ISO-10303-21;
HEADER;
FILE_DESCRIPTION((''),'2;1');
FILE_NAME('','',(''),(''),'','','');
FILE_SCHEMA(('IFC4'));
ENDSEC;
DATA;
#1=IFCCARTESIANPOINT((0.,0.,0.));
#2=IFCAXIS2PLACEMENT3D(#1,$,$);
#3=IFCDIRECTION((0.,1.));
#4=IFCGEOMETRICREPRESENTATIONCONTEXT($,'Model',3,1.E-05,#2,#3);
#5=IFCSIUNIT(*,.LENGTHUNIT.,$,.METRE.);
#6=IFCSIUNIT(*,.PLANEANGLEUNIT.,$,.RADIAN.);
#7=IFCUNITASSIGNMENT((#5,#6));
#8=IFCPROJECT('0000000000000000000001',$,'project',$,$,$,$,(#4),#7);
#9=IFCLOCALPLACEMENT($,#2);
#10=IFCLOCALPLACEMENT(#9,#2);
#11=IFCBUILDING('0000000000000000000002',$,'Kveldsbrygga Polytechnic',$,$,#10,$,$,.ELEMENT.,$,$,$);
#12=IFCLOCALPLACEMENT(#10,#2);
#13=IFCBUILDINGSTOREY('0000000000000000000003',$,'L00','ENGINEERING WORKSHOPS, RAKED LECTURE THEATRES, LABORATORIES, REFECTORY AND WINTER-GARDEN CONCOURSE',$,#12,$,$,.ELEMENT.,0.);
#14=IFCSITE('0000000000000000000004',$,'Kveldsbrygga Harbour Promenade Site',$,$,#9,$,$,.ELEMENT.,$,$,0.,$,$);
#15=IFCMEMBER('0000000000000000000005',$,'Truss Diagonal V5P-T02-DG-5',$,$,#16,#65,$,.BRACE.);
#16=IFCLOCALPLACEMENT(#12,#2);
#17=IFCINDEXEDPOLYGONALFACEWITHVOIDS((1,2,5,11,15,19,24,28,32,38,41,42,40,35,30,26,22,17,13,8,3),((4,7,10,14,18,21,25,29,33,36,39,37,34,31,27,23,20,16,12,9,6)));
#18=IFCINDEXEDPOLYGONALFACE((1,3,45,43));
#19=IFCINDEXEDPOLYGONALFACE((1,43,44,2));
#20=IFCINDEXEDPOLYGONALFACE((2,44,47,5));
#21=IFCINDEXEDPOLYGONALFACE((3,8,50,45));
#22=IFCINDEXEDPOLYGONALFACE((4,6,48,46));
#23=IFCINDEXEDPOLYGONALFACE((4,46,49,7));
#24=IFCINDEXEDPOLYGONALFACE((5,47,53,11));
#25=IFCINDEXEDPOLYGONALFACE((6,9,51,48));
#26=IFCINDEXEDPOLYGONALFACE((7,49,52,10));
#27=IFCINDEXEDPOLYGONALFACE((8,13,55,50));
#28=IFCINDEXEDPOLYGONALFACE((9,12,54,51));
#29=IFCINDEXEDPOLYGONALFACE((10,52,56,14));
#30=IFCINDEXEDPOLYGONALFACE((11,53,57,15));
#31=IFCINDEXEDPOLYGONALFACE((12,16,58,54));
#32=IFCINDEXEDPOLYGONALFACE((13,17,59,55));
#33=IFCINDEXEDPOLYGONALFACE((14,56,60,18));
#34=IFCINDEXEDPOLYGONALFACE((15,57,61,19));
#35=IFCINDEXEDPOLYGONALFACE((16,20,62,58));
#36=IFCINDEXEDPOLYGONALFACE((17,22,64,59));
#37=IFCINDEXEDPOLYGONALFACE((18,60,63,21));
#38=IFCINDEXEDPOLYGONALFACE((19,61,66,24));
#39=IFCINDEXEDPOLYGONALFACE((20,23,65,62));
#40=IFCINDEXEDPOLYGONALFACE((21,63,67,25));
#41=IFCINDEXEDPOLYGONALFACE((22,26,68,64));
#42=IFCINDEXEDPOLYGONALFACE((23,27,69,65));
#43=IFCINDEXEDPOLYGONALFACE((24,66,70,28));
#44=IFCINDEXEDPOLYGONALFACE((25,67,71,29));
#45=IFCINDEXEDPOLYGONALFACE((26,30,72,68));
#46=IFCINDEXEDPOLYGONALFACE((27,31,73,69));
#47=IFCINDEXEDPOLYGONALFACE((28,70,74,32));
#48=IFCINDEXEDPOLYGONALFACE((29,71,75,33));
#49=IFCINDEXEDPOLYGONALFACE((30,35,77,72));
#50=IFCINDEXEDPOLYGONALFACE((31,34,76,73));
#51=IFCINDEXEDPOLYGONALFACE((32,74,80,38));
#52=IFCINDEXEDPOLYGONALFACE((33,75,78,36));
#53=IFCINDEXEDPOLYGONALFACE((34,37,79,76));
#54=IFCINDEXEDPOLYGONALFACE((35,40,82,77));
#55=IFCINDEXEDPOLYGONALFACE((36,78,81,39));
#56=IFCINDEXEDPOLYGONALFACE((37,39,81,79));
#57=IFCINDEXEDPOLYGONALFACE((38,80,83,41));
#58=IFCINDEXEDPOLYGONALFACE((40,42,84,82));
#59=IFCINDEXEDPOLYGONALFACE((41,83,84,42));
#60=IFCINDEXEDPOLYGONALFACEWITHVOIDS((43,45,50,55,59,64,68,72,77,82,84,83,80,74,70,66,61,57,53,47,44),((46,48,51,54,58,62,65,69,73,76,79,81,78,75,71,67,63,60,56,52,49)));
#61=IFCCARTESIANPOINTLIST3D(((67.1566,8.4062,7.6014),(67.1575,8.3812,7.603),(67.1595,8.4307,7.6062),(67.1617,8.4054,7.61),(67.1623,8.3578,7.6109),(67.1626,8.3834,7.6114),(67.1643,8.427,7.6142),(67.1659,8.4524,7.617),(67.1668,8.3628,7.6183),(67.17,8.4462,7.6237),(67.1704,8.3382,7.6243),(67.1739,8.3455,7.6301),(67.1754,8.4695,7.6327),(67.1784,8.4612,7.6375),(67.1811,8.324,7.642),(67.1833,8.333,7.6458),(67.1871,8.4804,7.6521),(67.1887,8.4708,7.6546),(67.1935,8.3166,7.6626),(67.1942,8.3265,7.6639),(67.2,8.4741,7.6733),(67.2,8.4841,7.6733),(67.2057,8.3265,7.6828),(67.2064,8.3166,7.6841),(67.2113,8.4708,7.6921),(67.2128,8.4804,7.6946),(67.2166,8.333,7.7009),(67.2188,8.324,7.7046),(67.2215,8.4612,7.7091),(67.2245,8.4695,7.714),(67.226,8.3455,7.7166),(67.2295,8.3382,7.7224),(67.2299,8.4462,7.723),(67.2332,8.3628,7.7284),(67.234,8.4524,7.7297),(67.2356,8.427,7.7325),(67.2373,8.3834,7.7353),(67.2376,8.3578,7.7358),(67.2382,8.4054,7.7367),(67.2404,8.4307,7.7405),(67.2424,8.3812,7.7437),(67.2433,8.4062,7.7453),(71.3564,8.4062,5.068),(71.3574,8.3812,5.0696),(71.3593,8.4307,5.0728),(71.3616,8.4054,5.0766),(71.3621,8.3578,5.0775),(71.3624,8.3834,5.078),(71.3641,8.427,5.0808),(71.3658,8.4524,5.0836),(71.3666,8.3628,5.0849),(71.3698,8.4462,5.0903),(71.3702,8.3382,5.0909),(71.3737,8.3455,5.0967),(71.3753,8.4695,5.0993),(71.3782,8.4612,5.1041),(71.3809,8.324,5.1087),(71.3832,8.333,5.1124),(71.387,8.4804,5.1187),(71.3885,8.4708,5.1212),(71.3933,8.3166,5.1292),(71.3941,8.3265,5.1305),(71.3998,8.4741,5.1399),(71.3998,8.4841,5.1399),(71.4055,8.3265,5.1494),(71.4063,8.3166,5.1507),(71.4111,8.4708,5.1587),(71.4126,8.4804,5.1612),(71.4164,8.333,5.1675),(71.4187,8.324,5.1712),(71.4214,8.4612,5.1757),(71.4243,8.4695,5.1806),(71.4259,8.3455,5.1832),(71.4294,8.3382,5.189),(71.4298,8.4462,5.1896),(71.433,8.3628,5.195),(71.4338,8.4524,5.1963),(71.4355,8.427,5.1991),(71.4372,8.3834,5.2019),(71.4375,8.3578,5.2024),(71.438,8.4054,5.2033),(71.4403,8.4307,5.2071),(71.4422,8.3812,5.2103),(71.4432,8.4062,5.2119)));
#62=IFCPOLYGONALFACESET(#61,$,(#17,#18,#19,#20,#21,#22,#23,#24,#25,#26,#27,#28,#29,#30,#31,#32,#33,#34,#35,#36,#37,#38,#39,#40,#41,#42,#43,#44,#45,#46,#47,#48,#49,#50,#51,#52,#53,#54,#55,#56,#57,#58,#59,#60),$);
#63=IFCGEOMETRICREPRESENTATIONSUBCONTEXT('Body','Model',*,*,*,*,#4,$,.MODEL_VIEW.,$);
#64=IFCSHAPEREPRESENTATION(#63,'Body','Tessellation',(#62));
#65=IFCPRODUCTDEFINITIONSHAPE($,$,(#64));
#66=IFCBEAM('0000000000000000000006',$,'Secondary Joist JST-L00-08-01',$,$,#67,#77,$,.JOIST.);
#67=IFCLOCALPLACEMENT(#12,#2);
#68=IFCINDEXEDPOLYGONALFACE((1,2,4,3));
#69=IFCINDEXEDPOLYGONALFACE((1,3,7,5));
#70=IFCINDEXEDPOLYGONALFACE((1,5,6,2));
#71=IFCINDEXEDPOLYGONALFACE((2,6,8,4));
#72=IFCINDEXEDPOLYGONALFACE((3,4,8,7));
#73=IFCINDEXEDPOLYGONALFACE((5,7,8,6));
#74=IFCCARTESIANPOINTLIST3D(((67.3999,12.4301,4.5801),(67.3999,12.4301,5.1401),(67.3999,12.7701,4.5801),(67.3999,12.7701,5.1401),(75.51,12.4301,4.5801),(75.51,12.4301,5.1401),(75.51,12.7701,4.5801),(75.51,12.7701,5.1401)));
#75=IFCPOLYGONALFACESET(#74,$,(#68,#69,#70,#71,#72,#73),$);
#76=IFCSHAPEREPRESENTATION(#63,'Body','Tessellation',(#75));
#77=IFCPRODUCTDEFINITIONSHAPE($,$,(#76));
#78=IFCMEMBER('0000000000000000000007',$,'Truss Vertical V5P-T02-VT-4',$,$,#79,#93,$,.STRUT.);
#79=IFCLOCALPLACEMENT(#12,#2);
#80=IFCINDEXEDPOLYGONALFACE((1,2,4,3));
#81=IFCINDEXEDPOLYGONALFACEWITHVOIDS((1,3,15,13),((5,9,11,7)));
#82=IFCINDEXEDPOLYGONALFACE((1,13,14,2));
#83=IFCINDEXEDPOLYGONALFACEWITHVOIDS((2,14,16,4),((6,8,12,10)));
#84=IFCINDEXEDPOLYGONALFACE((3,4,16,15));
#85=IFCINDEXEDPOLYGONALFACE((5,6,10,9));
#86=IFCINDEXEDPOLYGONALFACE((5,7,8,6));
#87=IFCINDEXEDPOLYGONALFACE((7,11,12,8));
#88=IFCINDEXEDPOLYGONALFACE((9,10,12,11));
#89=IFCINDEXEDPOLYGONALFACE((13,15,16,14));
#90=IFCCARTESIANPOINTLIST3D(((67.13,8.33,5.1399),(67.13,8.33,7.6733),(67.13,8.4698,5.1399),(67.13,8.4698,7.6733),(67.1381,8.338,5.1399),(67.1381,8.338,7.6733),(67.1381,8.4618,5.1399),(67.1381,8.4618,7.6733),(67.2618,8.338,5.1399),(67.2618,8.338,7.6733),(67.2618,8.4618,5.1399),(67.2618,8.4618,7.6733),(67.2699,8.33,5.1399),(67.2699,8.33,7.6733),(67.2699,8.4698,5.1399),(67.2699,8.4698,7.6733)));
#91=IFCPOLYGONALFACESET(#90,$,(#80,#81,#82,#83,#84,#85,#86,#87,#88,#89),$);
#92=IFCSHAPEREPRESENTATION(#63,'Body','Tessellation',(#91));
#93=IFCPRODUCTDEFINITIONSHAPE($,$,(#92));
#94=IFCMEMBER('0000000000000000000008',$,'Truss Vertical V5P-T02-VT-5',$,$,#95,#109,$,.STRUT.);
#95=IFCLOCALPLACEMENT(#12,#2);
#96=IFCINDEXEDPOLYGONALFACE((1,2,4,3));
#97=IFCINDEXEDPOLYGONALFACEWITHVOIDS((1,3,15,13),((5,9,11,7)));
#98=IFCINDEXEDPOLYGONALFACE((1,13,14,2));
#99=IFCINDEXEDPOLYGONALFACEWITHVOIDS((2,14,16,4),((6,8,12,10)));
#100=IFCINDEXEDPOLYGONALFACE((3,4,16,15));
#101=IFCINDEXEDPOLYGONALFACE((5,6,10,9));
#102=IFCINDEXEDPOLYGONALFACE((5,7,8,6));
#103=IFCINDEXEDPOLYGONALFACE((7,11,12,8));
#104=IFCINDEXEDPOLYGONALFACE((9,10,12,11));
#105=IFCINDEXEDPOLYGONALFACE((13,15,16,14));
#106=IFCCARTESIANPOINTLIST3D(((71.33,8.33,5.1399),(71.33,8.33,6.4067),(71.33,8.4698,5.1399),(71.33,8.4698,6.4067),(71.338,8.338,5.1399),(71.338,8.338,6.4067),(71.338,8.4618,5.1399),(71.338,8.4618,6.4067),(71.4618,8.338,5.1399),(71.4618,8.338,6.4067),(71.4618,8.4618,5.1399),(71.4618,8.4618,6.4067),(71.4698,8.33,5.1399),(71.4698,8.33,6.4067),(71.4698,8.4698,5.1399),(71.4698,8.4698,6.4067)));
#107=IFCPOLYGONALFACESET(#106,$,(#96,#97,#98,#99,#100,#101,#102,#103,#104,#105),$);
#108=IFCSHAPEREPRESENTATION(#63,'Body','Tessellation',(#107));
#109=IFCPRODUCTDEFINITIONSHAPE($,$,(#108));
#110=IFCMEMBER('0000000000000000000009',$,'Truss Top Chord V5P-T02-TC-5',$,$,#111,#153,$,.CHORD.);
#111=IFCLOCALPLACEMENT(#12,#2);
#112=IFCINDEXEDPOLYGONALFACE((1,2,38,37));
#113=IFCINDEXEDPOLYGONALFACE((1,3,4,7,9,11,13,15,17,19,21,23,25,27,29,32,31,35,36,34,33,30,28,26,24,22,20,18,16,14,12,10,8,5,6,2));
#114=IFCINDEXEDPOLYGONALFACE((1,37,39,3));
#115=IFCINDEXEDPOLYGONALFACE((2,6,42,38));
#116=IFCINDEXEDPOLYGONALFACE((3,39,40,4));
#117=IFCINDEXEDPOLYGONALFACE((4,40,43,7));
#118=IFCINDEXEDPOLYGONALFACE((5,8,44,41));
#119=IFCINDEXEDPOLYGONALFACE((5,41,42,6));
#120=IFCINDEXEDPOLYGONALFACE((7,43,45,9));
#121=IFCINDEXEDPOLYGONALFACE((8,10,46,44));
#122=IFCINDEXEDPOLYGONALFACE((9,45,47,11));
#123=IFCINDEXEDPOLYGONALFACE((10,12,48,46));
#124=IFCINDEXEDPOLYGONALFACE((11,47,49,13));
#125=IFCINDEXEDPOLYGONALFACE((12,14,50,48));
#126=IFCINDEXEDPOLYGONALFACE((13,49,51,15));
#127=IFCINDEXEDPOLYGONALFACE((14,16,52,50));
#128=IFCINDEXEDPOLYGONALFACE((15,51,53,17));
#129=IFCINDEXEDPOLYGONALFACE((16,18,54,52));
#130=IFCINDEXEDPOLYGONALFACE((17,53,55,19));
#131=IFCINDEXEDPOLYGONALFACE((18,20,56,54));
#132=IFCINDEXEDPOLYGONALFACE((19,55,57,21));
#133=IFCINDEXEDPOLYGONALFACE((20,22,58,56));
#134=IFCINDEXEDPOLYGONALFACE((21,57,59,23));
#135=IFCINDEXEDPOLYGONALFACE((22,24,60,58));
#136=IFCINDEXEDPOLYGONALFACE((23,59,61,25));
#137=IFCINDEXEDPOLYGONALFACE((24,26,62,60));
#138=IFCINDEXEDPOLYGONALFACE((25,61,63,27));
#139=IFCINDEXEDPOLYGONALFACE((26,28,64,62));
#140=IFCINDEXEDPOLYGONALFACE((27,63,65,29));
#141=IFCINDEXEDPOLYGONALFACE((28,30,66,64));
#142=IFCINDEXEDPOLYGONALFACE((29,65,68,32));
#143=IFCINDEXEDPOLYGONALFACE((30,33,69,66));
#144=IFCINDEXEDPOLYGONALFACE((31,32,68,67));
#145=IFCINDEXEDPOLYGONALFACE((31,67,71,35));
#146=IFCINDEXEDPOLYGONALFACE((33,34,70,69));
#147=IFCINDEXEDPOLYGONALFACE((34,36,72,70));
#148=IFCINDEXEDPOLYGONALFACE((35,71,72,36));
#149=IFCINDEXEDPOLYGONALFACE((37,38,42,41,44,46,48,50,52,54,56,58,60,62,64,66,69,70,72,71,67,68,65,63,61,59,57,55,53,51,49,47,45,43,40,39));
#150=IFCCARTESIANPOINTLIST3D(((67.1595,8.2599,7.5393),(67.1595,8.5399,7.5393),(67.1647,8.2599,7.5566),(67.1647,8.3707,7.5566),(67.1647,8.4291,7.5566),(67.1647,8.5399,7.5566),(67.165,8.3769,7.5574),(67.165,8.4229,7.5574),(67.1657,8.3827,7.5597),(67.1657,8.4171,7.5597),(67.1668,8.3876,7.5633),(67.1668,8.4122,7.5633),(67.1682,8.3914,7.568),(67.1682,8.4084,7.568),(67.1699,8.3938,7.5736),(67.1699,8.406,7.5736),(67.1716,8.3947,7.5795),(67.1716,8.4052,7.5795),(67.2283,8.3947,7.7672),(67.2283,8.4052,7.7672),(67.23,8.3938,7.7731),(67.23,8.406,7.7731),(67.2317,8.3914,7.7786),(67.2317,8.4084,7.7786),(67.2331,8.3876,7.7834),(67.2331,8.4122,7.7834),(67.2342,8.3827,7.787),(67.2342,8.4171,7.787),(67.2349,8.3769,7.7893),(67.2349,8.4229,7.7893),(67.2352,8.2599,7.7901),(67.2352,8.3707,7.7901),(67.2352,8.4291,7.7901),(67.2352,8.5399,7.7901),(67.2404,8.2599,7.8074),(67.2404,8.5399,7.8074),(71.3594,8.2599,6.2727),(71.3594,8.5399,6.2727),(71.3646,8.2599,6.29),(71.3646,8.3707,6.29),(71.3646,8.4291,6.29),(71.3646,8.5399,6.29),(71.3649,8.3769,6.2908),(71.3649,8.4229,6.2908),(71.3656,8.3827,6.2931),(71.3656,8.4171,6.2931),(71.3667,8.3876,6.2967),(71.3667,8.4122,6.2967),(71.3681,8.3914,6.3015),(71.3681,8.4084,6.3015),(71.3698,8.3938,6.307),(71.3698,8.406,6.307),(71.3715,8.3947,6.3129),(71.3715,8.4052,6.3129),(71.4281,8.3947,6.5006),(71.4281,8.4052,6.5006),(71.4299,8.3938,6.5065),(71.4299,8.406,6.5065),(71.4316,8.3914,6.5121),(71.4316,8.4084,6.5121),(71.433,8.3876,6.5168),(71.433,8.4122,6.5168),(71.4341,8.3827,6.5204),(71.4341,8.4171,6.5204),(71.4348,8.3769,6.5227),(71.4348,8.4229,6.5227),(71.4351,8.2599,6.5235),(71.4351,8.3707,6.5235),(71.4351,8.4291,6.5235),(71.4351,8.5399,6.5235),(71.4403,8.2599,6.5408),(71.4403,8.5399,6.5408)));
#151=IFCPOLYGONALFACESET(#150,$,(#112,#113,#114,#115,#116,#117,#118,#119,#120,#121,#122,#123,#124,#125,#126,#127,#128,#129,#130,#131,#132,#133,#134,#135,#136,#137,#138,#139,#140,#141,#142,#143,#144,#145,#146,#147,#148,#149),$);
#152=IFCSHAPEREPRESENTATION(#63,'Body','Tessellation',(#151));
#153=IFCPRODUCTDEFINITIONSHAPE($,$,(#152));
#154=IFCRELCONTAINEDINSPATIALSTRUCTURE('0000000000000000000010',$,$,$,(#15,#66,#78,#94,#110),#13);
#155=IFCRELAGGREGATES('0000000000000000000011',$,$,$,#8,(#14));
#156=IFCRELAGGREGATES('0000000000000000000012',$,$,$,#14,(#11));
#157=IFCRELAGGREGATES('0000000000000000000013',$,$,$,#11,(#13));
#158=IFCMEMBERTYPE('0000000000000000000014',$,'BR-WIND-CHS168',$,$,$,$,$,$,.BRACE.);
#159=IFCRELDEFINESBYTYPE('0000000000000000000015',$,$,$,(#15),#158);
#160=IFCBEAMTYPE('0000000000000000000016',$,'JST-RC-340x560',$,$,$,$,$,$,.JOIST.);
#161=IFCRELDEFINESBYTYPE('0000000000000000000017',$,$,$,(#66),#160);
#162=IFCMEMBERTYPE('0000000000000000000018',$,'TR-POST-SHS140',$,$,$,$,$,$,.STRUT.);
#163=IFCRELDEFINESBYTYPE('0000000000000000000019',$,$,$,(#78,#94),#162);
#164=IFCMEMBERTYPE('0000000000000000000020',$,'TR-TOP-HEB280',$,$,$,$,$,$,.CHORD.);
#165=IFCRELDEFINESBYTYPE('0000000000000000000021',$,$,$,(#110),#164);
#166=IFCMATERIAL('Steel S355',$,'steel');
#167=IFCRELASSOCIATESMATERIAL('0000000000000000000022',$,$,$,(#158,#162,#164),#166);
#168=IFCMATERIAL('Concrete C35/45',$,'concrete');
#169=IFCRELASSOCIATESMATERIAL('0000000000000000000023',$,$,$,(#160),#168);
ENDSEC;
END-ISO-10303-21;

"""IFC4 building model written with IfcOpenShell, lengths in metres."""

from ifc_helpers import new_model, si_unit, direction, frame, origin, origin_2d, place, context, subcontext, project, spatial, rectangle, hollow_rectangle, hollow_circle, i_section, extrude, material, material_profile, profile_set, type_object, element, save


model = new_model("IFC4")

# Units and contexts
model_context = context("Model", 3, precision=1e-05, world=origin(), true_north=direction((0.0, 1.0)))
body_context = subcontext(model_context, "Body", "Model", "MODEL_VIEW")
ifc_project = project(units=[si_unit("LENGTHUNIT", "METRE"), si_unit("PLANEANGLEUNIT", "RADIAN")], contexts=[model_context])

# Site, building, storey
site_placement = place(None, origin())
site = spatial("IfcSite", under=ifc_project, at=site_placement, Name="Kveldsbrygga Harbour Promenade Site", CompositionType="ELEMENT", RefElevation=0.0)
building_placement = place(site_placement, origin())
building = spatial("IfcBuilding", under=site, at=building_placement, Name="Kveldsbrygga Polytechnic", CompositionType="ELEMENT")
storey_placement = place(building_placement, origin())
storey = spatial("IfcBuildingStorey", under=building, at=storey_placement, Name="L00", Description="ENGINEERING WORKSHOPS, RAKED LECTURE THEATRES, LABORATORIES, REFECTORY AND WINTER-GARDEN CONCOURSE", CompositionType="ELEMENT", Elevation=0.0)

# Shared definitions
ifc_material_1 = material(Name="Steel S355", Category="steel")

# Shared definitions
ifc_material_2 = material(Name="Concrete C35/45", Category="concrete")

# Member
ifc_material_profile_1 = material_profile(ifc_material_1, hollow_circle(Radius=0.0842, WallThickness=0.01, at=origin_2d()), Name="CHS 168.3x10.0")
ifc_profile_set_1 = profile_set([ifc_material_profile_1], Name="Steel S355")
member_type_1 = type_object("IfcMemberType", Name="BR-WIND-CHS168", PredefinedType="BRACE", material=ifc_profile_set_1)
member_1_placement = place(storey_placement, frame((67.2, 8.3999, 7.6733), z_axis=(0.856278, 0.0, -0.516515), x_axis=(0.0, 1.0, 0.0)))
element("IfcMember", 1, at=member_1_placement, inside=storey, type_object=member_type_1, Name="Truss Diagonal V5P-T02-DG-5", PredefinedType="BRACE", context=body_context, shape_type="SweptSolid", body=[
    extrude(hollow_circle(Radius=0.0842, WallThickness=0.01, at=origin_2d()), origin(), (0.0, 0.0, 1.0), 4.9048),
])

# Beam
ifc_material_profile_2 = material_profile(ifc_material_2, rectangle(XDim=0.3401, YDim=0.5601, at=origin_2d()), Name="RC 340x560")
ifc_profile_set_2 = profile_set([ifc_material_profile_2], Name="Concrete C35/45")
beam_type_1 = type_object("IfcBeamType", Name="JST-RC-340x560", PredefinedType="JOIST", material=ifc_profile_set_2)
beam_1_placement = place(storey_placement, frame((67.3999, 12.6001, 4.8601), z_axis=(1.0, 0.0, 0.0), x_axis=(0.0, 1.0, 0.0)))
element("IfcBeam", 2, at=beam_1_placement, inside=storey, type_object=beam_type_1, Name="Secondary Joist JST-L00-08-01", PredefinedType="JOIST", context=body_context, shape_type="SweptSolid", body=[
    extrude(rectangle(XDim=0.3401, YDim=0.5601, at=origin_2d()), origin(), (0.0, 0.0, 1.0), 8.1101),
])

# Members
ifc_material_profile_3 = material_profile(ifc_material_1, hollow_rectangle(XDim=0.1399, YDim=0.1399, WallThickness=0.0081, at=origin_2d()), Name="SHS 140x140x8.0")
ifc_profile_set_3 = profile_set([ifc_material_profile_3], Name="Steel S355")
member_type_2 = type_object("IfcMemberType", Name="TR-POST-SHS140", PredefinedType="STRUT", material=ifc_profile_set_3)
member_2_placement = place(storey_placement, frame((67.2, 8.3999, 5.1399), z_axis=(0.0, 0.0, 1.0), x_axis=(1.0, 0.0, 0.0)))
element("IfcMember", 3, at=member_2_placement, inside=storey, type_object=member_type_2, Name="Truss Vertical V5P-T02-VT-4", PredefinedType="STRUT", context=body_context, shape_type="SweptSolid", body=[
    extrude(hollow_rectangle(XDim=0.1399, YDim=0.1399, WallThickness=0.0081, at=origin_2d()), origin(), (0.0, 0.0, 1.0), 2.5334),
])
member_3_placement = place(storey_placement, frame((71.3999, 8.3999, 5.1399), z_axis=(0.0, 0.0, 1.0), x_axis=(1.0, 0.0, 0.0)))
element("IfcMember", 4, at=member_3_placement, inside=storey, type_object=member_type_2, Name="Truss Vertical V5P-T02-VT-5", PredefinedType="STRUT", context=body_context, shape_type="SweptSolid", body=[
    extrude(hollow_rectangle(XDim=0.1399, YDim=0.1399, WallThickness=0.0081, at=origin_2d()), origin(), (0.0, 0.0, 1.0), 1.2668),
])
ifc_material_profile_4 = material_profile(ifc_material_1, i_section(OverallWidth=0.28, OverallDepth=0.28, WebThickness=0.0105, FlangeThickness=0.0181, FilletRadius=0.0239, at=origin_2d()), Name="HEB 280")
ifc_profile_set_4 = profile_set([ifc_material_profile_4], Name="Steel S355")
member_type_3 = type_object("IfcMemberType", Name="TR-TOP-HEB280", PredefinedType="CHORD", material=ifc_profile_set_4)
member_4_placement = place(storey_placement, frame((67.2, 8.3999, 7.6733), z_axis=(0.95741, 0.0, -0.288731), x_axis=(0.0, 1.0, 0.0)))
element("IfcMember", 5, at=member_4_placement, inside=storey, type_object=member_type_3, Name="Truss Top Chord V5P-T02-TC-5", PredefinedType="CHORD", context=body_context, shape_type="SweptSolid", body=[
    extrude(i_section(OverallWidth=0.28, OverallDepth=0.28, WebThickness=0.0105, FlangeThickness=0.0181, FilletRadius=0.0239, at=origin_2d()), origin(), (0.0, 0.0, 1.0), 4.3867),
])

save(model, "model.ifc")
